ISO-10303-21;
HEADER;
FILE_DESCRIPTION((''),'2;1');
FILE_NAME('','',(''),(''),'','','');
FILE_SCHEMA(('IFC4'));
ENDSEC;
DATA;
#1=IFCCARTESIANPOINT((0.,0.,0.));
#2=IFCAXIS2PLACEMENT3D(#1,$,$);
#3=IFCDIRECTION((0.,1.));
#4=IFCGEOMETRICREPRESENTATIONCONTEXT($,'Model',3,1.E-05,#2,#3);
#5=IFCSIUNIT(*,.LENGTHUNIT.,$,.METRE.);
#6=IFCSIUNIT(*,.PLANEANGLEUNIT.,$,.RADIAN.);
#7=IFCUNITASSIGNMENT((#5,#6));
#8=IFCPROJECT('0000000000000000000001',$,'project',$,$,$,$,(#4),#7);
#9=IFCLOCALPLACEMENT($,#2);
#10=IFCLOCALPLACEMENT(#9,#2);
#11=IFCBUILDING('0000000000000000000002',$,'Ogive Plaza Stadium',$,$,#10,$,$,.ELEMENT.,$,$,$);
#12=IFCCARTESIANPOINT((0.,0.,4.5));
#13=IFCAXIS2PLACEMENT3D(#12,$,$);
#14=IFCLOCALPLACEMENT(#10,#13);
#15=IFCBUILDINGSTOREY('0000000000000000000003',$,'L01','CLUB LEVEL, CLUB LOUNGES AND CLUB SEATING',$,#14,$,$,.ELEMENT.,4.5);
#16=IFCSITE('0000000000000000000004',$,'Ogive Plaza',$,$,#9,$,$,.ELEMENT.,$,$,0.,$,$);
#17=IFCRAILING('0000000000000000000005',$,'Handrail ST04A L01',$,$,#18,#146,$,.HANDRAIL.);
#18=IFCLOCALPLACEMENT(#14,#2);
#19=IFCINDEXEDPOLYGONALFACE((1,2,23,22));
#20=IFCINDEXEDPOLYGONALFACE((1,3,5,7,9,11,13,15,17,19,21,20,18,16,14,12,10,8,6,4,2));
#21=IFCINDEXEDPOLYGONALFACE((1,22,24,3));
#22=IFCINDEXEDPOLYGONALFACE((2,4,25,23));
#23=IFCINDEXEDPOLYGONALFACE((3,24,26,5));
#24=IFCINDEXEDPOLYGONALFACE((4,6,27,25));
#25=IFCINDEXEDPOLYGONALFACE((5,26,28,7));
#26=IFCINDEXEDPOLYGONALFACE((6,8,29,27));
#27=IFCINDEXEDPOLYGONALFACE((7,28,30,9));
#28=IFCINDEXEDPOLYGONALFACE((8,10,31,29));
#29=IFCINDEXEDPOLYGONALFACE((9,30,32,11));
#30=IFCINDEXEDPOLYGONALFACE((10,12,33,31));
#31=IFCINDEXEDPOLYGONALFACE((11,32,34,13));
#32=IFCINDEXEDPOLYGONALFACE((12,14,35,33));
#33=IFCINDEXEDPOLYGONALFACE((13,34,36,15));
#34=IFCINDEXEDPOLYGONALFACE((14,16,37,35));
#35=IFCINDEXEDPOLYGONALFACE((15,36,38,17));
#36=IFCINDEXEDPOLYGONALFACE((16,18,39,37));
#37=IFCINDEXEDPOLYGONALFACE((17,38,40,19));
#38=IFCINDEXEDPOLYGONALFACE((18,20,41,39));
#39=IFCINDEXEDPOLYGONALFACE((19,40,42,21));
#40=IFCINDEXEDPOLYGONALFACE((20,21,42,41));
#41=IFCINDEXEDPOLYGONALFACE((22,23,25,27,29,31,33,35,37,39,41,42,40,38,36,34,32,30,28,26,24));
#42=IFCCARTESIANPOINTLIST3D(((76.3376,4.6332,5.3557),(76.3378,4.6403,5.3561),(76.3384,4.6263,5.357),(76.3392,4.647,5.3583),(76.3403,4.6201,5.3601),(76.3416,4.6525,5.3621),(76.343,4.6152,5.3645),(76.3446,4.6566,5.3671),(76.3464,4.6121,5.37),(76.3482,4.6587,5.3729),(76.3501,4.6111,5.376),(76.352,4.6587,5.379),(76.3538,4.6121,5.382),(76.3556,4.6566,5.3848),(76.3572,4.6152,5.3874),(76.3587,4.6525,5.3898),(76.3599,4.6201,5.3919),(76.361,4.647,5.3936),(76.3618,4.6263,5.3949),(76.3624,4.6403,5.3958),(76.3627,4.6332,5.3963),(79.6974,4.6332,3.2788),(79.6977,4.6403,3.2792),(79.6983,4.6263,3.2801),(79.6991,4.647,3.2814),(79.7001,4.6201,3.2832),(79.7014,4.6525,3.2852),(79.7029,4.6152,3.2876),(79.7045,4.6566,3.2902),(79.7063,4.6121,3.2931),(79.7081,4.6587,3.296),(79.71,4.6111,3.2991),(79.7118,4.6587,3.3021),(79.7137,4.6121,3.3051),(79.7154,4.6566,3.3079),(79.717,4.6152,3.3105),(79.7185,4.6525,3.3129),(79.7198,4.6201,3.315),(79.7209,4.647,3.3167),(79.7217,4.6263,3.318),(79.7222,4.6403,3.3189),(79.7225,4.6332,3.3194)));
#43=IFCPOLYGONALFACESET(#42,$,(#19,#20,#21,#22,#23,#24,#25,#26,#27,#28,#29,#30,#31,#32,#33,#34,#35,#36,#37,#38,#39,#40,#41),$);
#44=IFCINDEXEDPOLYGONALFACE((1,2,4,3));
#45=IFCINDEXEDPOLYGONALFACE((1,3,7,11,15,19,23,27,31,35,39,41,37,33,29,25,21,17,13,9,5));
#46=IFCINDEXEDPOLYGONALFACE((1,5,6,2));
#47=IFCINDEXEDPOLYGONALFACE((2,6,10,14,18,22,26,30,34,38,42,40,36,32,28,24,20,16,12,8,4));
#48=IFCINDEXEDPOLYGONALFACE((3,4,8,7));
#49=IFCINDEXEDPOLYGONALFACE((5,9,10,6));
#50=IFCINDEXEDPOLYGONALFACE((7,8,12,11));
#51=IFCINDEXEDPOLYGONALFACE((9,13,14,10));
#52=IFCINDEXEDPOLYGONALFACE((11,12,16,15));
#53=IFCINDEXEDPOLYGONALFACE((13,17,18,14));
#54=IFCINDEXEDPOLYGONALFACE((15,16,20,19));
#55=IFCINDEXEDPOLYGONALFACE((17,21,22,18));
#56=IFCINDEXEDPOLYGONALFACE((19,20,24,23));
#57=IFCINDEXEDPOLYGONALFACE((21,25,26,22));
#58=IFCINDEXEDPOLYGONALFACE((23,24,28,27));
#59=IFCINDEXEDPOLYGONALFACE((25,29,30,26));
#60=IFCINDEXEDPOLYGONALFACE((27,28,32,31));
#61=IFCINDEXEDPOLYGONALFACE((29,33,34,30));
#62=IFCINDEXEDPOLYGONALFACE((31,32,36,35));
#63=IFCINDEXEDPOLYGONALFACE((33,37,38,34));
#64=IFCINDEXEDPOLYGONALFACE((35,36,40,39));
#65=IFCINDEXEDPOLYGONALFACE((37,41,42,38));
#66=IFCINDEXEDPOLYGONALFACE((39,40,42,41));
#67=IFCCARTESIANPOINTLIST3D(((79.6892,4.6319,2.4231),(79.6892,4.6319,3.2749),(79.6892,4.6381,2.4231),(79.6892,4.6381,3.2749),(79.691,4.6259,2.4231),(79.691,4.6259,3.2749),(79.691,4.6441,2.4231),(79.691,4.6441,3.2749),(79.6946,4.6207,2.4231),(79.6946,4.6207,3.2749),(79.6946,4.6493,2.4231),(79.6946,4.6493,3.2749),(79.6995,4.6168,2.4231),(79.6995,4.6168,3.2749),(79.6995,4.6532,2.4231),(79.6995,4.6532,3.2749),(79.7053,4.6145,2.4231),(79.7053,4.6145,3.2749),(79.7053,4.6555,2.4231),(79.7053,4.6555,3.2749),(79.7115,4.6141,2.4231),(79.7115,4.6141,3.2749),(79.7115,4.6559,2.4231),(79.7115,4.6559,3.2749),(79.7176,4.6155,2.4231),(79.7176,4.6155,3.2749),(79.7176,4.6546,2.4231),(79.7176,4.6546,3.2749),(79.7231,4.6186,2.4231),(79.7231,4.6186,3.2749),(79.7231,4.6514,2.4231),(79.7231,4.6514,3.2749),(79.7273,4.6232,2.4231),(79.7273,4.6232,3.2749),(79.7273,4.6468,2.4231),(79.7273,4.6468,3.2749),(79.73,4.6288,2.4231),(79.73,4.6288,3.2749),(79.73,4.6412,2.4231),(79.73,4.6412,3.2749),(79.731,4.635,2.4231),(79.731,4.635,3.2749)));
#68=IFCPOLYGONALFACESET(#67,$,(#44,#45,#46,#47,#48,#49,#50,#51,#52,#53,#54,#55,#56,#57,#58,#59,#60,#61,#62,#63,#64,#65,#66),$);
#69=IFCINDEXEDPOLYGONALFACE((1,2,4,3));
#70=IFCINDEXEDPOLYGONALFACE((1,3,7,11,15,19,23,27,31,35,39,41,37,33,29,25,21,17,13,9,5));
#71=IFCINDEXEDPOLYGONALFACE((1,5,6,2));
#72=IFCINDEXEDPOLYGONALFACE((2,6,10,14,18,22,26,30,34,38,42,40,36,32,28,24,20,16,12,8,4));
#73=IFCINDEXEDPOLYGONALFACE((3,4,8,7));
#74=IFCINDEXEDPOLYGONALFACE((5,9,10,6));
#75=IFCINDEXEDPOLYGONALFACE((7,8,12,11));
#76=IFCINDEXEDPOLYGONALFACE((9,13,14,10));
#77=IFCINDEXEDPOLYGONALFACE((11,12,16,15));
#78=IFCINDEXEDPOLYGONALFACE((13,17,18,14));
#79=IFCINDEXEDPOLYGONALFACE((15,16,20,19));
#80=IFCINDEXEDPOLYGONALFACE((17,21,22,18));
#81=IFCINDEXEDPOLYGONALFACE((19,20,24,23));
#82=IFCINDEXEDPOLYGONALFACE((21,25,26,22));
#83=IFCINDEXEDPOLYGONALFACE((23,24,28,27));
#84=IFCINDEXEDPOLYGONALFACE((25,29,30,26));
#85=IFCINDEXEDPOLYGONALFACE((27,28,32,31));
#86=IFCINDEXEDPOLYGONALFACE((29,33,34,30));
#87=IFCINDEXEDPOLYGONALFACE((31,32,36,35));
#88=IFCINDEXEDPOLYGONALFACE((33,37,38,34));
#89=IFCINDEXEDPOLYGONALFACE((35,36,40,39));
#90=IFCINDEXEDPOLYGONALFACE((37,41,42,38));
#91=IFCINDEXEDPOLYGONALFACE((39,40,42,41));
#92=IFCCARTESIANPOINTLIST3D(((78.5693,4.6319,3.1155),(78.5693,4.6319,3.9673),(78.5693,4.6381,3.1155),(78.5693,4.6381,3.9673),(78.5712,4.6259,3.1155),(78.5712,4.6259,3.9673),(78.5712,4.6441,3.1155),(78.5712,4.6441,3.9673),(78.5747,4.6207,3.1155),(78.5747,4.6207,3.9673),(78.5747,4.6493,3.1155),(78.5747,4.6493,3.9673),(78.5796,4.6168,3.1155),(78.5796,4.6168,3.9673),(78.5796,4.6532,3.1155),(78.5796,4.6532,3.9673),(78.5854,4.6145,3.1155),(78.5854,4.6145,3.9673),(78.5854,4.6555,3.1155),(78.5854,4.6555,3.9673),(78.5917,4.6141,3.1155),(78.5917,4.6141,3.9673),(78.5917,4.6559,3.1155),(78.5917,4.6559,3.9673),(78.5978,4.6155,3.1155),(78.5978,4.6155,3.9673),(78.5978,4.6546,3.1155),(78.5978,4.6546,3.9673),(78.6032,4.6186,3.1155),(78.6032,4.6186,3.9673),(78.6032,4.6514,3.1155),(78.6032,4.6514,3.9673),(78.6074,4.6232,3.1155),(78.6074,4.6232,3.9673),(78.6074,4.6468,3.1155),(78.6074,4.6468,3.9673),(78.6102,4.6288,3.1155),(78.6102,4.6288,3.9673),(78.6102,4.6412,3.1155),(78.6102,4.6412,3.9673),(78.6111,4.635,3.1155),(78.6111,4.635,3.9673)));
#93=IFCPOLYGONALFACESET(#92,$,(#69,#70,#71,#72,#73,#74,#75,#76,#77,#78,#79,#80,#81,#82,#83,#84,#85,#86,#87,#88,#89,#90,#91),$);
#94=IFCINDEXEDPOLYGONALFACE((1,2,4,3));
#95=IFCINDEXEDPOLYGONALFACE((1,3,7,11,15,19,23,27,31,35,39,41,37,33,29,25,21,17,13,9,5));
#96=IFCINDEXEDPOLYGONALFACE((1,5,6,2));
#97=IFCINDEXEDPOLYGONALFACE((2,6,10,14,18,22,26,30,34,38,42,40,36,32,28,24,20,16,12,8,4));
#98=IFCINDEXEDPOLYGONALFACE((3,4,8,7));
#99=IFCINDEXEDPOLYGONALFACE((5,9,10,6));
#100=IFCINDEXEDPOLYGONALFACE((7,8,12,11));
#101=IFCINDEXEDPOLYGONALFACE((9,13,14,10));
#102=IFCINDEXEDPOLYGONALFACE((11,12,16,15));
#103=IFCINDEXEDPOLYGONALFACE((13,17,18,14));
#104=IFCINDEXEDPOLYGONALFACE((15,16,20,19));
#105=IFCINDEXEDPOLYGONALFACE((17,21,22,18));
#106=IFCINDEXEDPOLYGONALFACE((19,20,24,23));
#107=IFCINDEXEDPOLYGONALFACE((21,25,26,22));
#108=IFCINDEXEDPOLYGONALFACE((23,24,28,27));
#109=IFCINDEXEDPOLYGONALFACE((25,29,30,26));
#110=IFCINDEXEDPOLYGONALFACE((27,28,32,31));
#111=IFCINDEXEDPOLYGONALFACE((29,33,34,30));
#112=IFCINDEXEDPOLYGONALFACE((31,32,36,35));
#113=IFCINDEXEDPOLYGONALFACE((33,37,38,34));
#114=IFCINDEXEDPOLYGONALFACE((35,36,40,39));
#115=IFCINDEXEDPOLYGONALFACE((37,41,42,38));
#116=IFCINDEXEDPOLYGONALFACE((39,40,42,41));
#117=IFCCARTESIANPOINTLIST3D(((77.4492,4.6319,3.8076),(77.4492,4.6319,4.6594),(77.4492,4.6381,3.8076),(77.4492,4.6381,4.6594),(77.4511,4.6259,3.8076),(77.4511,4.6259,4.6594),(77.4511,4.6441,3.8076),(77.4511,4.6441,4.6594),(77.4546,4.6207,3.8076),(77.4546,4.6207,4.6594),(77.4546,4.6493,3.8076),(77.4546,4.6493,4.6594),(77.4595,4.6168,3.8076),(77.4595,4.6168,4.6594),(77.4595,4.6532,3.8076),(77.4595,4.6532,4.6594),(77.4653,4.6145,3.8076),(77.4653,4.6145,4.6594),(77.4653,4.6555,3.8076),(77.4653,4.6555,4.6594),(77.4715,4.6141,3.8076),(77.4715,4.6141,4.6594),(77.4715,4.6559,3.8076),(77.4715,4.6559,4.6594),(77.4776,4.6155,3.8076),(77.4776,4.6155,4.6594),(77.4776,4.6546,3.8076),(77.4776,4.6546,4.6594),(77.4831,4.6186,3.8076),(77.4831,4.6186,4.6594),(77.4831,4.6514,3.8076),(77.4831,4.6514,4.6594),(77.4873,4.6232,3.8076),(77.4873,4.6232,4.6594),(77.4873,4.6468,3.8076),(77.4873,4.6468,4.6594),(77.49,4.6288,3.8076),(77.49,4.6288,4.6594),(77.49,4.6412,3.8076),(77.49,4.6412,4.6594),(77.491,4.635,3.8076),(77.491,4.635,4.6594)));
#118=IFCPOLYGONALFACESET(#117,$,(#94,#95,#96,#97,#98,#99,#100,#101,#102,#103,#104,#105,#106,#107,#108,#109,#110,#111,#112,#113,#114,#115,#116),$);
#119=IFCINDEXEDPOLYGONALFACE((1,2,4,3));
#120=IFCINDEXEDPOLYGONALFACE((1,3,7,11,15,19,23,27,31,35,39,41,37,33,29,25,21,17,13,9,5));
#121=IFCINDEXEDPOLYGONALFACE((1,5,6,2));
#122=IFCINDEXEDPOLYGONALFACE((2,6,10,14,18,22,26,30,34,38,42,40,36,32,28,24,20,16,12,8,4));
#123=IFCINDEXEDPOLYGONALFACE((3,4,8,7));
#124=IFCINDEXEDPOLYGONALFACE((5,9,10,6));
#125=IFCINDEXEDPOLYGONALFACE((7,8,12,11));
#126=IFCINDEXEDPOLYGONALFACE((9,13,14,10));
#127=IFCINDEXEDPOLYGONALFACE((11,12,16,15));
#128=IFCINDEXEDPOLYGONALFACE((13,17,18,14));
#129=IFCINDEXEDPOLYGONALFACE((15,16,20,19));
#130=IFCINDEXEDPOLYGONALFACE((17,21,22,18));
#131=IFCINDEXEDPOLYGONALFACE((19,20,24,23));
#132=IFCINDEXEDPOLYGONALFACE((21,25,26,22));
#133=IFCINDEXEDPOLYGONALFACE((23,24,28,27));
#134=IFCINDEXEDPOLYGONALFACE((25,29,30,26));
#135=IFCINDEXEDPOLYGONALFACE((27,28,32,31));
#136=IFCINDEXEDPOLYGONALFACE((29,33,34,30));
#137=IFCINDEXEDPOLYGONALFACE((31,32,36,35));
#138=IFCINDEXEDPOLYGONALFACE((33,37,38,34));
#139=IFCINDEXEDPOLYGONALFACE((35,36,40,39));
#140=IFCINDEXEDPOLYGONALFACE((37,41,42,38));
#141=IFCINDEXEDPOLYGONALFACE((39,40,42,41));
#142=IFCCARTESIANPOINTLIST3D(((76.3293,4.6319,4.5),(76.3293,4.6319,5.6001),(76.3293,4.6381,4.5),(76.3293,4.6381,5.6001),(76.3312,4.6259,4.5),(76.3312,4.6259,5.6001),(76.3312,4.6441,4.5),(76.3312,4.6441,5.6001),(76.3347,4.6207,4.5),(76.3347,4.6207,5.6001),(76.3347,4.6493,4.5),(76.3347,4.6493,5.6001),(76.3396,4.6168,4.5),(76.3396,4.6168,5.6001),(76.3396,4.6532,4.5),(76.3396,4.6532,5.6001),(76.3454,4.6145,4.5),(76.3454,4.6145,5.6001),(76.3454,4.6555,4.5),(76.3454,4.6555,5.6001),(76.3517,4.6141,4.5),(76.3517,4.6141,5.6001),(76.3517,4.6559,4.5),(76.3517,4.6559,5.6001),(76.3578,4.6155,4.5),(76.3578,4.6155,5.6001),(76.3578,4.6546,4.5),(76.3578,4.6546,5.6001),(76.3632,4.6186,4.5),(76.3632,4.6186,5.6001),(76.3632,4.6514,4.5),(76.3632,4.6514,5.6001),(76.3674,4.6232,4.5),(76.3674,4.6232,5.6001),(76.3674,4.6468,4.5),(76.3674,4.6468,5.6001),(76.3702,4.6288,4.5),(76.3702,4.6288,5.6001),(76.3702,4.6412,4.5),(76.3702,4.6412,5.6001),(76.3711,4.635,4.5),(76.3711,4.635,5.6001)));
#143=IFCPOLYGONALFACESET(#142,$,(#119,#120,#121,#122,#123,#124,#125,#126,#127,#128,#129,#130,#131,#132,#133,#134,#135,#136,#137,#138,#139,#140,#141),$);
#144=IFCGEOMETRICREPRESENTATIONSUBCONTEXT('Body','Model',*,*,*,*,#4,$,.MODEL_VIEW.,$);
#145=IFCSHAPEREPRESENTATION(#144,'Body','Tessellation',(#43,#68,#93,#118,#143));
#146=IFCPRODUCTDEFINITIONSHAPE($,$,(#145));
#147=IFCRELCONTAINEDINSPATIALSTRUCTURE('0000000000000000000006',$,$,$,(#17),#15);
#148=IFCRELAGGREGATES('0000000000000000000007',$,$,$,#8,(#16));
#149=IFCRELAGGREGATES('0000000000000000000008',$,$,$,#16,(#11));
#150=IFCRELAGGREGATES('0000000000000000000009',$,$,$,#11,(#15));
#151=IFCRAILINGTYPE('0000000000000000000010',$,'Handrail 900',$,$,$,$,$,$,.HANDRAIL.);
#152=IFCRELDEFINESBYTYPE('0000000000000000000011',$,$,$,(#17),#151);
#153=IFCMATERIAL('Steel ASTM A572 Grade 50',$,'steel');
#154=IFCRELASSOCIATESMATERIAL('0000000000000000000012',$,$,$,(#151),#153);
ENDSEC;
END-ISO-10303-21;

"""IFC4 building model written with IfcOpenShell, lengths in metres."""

from ifc_helpers import new_model, si_unit, direction, frame, origin, origin_2d, place, context, subcontext, project, spatial, circle, extrude, material, type_object, element, save


model = new_model("IFC4")

# Units and contexts
model_context = context("Model", 3, precision=1e-05, world=origin(), true_north=direction((0.0, 1.0)))
body_context = subcontext(model_context, "Body", "Model", "MODEL_VIEW")
ifc_project = project(units=[si_unit("LENGTHUNIT", "METRE"), si_unit("PLANEANGLEUNIT", "RADIAN")], contexts=[model_context])

# Site, building, storey
site_placement = place(None, origin())
site = spatial("IfcSite", under=ifc_project, at=site_placement, Name="Ogive Plaza", CompositionType="ELEMENT", RefElevation=0.0)
building_placement = place(site_placement, origin())
building = spatial("IfcBuilding", under=site, at=building_placement, Name="Ogive Plaza Stadium", CompositionType="ELEMENT")
storey_placement = place(building_placement, frame((0.0, 0.0, 4.5)))
storey = spatial("IfcBuildingStorey", under=building, at=storey_placement, Name="L01", Description="CLUB LEVEL, CLUB LOUNGES AND CLUB SEATING", CompositionType="ELEMENT", Elevation=4.5)

# Railing
ifc_material_1 = material(Name="Steel ASTM A572 Grade 50", Category="steel")
railing_type_1 = type_object("IfcRailingType", Name="Handrail 900", PredefinedType="HANDRAIL", material=ifc_material_1)
for number, where, name in (
    (1, (79.71, 4.635, 2.4231), "Handrail ST04A L01"),
):
    element("IfcRailing", number, at=place(storey_placement, frame(where)), inside=storey, type_object=railing_type_1, Name=name, PredefinedType="HANDRAIL", context=body_context, shape_type="SweptSolid", body=[
        extrude(circle(Radius=0.0239, at=origin_2d()), frame((0.0, 0.0, 0.876), z_axis=(-0.850606, 0.0, 0.525803), x_axis=(0.0, -1.0, 0.0)), (0.0, 0.0, 1.0), 3.95),
        extrude(circle(Radius=0.021, at=origin_2d()), origin(), (0.0, 0.0, 1.0), 0.8518),
        extrude(circle(Radius=0.021, at=origin_2d()), frame((-1.1199, 0.0, 0.6924)), (0.0, 0.0, 1.0), 0.8518),
        extrude(circle(Radius=0.021, at=origin_2d()), frame((-2.24, 0.0, 1.3845)), (0.0, 0.0, 1.0), 0.8518),
        extrude(circle(Radius=0.021, at=origin_2d()), frame((-3.3599, 0.0, 2.0769)), (0.0, 0.0, 1.0), 1.1001),
    ])

save(model, "model.ifc")
